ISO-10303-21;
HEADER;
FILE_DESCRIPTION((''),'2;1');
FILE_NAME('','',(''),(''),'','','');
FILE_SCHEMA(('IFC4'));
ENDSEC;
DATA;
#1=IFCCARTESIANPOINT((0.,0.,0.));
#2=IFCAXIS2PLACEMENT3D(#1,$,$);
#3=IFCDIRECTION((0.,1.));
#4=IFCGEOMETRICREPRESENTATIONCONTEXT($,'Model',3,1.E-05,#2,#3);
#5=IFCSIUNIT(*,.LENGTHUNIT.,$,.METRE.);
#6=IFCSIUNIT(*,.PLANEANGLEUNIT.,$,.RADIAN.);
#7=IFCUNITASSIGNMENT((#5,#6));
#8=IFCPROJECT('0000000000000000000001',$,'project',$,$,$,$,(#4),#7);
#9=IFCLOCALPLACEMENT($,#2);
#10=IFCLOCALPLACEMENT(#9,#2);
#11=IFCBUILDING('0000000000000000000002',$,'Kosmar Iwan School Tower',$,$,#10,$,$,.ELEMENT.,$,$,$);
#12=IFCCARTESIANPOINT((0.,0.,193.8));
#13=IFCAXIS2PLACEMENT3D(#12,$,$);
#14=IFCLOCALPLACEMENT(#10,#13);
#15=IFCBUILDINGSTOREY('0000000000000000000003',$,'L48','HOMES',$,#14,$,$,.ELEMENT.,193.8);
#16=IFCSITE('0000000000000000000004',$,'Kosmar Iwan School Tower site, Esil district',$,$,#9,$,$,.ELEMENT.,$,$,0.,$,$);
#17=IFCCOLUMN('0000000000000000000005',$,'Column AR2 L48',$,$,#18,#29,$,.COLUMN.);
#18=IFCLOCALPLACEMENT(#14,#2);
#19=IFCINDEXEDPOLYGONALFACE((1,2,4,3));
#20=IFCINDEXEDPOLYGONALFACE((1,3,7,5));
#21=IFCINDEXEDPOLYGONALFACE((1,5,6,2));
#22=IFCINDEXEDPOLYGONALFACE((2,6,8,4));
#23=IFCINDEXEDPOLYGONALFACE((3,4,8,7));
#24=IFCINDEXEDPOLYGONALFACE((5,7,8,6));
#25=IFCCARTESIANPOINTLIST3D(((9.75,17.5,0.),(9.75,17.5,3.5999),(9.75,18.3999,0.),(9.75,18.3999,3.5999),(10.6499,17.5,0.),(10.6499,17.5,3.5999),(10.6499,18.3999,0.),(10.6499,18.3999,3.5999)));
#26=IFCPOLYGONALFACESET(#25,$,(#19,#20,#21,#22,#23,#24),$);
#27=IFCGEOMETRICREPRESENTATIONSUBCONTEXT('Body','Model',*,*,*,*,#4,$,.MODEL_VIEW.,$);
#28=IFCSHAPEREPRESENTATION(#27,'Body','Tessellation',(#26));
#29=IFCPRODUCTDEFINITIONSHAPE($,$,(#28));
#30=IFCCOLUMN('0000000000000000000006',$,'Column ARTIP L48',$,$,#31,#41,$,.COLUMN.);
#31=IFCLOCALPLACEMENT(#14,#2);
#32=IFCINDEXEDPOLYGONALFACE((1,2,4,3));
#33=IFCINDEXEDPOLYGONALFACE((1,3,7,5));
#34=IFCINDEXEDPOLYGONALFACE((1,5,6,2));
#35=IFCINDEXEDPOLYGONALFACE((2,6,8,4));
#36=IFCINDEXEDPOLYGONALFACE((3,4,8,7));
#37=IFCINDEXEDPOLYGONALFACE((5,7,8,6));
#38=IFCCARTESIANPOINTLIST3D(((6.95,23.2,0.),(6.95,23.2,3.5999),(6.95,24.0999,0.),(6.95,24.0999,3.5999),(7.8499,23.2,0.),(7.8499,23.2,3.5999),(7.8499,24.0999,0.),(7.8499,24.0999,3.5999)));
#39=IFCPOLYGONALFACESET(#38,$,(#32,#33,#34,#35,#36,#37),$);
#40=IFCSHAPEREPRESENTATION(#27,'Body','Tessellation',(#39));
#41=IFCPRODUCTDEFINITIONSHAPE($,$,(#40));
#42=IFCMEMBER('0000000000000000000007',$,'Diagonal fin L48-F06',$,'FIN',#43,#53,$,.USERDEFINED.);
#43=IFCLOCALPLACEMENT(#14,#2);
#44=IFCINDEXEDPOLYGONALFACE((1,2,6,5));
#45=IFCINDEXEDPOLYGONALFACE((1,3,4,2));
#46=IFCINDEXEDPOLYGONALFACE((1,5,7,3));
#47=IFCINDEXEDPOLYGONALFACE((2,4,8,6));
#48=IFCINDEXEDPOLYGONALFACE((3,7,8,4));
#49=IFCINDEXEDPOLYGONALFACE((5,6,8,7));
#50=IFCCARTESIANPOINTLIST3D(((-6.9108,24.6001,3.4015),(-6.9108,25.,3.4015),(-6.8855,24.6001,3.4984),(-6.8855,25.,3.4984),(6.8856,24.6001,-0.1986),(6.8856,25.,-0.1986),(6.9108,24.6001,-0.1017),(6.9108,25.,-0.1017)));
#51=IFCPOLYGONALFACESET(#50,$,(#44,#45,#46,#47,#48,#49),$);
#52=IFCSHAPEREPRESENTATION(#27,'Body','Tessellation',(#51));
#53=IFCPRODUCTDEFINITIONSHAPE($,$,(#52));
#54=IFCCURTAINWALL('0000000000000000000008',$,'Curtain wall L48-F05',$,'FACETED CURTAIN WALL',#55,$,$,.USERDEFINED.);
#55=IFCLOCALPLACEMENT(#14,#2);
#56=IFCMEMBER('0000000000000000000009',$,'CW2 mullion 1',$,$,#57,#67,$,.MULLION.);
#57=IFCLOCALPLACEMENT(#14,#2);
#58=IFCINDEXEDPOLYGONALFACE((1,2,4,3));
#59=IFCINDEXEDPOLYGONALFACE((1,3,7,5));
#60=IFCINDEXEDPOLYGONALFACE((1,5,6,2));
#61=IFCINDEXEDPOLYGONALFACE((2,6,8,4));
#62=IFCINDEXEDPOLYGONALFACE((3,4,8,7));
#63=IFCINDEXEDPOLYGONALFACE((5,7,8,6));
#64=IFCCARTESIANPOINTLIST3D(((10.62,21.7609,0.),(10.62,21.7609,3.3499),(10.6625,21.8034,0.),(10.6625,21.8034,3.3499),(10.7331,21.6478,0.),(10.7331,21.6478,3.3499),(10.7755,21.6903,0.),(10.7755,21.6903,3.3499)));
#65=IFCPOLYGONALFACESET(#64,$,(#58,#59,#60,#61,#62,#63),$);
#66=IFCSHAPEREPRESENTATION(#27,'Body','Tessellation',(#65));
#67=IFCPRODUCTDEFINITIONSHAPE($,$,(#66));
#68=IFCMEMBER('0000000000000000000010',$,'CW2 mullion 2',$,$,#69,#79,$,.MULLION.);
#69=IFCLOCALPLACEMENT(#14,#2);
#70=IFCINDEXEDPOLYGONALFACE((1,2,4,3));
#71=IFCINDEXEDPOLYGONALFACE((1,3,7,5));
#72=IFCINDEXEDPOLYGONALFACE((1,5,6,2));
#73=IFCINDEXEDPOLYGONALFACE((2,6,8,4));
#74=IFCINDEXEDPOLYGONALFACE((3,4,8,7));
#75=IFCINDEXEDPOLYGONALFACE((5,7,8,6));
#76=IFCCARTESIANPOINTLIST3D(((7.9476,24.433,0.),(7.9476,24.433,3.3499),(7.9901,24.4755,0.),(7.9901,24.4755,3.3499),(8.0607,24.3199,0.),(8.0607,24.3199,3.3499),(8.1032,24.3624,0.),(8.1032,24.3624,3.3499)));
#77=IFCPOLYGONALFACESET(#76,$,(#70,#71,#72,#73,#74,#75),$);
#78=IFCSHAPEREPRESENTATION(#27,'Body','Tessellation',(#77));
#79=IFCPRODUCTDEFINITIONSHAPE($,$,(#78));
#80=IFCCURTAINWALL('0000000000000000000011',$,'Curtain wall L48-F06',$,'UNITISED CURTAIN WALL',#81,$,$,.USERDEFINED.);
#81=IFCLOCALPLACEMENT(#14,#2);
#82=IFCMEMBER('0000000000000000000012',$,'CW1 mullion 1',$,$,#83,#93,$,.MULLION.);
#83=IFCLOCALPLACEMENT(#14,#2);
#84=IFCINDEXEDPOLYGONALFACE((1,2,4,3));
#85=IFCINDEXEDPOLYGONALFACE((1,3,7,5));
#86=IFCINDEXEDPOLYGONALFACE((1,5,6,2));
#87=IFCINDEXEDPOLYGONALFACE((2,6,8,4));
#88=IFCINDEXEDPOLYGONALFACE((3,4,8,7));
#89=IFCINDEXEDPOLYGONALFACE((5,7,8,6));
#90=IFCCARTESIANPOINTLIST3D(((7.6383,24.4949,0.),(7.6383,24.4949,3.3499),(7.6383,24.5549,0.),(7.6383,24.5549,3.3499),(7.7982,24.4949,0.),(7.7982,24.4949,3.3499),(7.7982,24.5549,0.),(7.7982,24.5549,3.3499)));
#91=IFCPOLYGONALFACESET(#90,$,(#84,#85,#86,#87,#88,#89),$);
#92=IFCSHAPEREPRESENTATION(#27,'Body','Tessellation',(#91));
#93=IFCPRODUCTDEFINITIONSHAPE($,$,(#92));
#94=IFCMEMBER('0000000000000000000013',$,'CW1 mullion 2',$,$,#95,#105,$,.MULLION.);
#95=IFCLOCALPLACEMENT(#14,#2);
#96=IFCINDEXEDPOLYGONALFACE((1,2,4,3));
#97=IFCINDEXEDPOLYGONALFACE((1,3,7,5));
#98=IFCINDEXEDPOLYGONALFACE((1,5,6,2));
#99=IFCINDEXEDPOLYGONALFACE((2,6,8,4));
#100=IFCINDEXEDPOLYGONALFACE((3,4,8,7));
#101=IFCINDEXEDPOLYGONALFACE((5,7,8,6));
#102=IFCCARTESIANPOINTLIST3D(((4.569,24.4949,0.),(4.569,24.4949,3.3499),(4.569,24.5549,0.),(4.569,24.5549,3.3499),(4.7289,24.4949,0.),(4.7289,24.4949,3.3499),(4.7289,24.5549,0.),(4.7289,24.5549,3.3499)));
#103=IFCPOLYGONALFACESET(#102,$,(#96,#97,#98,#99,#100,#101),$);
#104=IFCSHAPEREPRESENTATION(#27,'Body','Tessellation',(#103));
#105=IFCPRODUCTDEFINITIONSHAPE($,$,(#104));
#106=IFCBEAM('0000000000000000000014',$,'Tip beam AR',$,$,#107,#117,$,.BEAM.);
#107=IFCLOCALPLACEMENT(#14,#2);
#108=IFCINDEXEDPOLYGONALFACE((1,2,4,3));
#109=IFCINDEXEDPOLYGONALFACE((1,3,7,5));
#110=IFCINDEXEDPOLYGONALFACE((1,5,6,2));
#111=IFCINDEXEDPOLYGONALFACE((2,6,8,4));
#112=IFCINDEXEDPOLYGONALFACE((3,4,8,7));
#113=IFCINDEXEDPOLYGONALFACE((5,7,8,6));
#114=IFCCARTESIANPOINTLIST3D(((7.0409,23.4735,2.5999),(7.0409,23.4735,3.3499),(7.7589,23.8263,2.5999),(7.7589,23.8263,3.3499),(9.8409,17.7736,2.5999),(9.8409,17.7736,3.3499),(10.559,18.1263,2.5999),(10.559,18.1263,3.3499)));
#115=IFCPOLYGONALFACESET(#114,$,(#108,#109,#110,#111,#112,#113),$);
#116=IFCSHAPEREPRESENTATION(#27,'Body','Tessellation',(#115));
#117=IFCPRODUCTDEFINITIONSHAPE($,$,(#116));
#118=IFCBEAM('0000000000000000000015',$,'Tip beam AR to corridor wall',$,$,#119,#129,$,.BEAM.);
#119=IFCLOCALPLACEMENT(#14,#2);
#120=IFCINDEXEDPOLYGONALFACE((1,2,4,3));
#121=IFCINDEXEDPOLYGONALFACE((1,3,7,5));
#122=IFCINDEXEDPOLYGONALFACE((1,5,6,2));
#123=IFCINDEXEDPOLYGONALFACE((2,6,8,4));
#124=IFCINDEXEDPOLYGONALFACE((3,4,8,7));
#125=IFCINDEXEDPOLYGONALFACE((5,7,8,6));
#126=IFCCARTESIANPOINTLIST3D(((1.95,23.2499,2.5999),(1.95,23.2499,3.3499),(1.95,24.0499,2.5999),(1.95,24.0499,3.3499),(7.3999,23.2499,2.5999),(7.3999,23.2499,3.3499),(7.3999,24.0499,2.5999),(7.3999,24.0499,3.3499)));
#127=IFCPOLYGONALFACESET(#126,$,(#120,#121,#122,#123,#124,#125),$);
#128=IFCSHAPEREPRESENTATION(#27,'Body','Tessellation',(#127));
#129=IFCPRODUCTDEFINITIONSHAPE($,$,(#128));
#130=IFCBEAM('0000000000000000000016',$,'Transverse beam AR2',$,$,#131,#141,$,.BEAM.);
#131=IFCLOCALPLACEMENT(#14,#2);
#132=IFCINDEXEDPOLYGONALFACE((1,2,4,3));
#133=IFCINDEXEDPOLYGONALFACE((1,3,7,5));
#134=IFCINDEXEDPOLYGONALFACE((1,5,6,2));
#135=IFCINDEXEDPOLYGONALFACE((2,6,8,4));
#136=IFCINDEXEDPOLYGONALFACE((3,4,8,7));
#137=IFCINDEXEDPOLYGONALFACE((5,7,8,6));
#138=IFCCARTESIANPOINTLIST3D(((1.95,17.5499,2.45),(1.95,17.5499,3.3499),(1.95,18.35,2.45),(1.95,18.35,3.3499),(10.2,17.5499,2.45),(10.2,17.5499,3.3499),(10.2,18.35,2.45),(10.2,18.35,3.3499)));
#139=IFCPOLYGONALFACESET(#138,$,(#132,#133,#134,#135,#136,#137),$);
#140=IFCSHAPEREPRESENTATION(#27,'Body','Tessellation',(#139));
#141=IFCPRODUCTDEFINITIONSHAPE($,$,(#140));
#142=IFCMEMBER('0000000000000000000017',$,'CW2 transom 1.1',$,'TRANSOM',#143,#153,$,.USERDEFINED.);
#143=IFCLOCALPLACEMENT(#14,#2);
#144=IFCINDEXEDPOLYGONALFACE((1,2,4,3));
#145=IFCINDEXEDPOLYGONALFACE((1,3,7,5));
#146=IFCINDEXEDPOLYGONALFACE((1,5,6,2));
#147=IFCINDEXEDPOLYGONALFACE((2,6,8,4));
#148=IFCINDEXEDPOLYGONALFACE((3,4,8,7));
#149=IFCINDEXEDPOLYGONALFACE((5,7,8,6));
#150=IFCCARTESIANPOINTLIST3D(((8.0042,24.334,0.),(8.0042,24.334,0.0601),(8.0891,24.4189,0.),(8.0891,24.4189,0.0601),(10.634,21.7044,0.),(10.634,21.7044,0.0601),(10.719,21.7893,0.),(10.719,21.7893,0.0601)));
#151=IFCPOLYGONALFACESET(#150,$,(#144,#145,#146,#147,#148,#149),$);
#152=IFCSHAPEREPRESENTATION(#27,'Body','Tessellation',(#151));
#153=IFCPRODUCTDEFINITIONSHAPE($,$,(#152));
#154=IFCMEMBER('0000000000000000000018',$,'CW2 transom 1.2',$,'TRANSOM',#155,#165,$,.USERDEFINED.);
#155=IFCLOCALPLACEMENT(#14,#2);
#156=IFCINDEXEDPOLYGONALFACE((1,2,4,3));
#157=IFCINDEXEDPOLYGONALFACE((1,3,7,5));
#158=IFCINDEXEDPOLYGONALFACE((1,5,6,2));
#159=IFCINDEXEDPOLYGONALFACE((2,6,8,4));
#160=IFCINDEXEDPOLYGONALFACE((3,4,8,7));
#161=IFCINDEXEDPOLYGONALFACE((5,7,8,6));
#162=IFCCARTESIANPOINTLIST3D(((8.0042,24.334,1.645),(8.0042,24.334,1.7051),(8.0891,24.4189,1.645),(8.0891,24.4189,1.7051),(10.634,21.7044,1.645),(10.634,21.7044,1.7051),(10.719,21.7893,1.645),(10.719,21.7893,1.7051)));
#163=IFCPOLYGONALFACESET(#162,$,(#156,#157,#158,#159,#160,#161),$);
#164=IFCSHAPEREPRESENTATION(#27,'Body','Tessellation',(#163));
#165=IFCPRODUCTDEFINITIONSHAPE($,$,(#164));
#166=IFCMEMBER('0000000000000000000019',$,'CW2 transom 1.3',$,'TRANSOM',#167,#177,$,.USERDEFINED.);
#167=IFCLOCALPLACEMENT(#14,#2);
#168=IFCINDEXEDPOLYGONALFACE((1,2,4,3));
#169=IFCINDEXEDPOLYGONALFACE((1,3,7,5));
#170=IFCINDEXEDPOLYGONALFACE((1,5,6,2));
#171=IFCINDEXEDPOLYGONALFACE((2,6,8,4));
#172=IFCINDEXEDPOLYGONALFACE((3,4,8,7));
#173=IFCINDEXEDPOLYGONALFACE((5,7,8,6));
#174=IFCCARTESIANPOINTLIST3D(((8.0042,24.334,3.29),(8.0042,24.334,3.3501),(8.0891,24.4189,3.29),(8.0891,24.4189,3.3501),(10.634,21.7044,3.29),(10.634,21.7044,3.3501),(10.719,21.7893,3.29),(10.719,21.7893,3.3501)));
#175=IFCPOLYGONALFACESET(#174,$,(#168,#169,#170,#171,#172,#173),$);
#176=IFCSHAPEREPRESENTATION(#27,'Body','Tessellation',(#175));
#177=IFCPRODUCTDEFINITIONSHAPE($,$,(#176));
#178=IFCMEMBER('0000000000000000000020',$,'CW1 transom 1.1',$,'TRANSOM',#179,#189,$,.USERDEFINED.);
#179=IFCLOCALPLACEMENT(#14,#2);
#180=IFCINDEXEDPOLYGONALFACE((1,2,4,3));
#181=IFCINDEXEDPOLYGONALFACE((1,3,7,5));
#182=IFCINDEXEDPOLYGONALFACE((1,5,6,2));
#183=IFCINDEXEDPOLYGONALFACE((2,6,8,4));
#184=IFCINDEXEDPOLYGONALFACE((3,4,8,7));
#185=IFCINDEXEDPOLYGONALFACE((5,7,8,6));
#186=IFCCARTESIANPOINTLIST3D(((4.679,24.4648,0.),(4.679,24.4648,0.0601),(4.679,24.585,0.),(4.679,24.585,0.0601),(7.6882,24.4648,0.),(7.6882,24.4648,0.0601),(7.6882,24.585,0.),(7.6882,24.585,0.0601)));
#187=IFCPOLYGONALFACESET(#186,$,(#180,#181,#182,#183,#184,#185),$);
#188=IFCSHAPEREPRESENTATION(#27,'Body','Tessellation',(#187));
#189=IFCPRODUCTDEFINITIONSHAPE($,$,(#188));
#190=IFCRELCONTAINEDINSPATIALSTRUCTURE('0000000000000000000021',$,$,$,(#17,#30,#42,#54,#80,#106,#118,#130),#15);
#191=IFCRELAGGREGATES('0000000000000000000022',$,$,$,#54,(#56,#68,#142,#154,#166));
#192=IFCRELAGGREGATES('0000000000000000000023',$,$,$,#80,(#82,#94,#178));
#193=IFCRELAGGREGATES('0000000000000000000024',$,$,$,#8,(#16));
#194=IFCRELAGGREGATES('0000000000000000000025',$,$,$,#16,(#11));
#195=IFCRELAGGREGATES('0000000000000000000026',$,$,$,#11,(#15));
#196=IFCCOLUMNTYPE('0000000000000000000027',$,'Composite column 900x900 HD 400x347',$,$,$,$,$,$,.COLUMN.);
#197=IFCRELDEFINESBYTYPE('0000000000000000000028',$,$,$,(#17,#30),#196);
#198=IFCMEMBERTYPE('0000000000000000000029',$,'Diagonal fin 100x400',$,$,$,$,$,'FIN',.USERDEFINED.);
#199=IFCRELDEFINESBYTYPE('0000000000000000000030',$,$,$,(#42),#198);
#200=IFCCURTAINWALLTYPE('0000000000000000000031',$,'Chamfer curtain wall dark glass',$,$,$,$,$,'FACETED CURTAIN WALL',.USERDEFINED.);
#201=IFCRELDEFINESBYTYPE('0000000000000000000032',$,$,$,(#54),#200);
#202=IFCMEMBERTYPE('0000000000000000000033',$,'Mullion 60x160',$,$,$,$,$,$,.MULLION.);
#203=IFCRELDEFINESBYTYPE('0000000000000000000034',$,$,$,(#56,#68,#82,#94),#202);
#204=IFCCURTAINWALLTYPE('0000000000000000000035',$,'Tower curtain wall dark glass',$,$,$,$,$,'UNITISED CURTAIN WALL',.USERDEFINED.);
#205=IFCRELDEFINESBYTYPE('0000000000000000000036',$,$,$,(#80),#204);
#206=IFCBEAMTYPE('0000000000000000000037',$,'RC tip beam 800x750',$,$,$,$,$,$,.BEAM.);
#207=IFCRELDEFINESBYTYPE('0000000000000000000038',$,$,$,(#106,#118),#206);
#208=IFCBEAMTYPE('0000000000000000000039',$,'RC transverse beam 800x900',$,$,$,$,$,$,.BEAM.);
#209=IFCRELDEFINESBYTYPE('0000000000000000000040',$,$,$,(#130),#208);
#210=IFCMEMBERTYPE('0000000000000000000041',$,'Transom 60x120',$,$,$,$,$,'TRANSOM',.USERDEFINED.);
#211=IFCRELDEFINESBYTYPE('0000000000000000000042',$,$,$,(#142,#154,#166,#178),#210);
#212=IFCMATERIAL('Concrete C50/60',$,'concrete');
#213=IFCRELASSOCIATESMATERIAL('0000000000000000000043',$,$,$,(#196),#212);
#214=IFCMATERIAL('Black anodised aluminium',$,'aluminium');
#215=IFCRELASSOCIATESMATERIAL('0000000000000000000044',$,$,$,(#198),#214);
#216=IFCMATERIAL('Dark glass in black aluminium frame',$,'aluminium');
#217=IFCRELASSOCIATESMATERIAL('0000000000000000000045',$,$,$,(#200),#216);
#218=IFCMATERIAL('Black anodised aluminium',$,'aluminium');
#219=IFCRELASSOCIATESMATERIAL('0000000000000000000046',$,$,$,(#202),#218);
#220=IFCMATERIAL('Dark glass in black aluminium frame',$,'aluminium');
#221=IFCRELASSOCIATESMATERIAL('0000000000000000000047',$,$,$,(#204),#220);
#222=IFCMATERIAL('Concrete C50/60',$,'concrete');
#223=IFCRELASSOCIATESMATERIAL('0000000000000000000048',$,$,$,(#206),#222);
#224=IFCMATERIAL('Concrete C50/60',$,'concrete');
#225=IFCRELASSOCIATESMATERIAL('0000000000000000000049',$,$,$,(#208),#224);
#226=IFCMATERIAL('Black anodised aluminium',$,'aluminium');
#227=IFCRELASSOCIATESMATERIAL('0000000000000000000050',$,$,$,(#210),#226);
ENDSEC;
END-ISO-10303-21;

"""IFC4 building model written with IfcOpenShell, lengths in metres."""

from ifc_helpers import new_model, si_unit, direction, frame, origin, origin_2d, place, context, subcontext, project, spatial, rectangle, extrude, material, material_profile, profile_set, type_object, element, aggregate, save


model = new_model("IFC4")

# Units and contexts
model_context = context("Model", 3, precision=1e-05, world=origin(), true_north=direction((0.0, 1.0)))
body_context = subcontext(model_context, "Body", "Model", "MODEL_VIEW")
ifc_project = project(units=[si_unit("LENGTHUNIT", "METRE"), si_unit("PLANEANGLEUNIT", "RADIAN")], contexts=[model_context])

# Site, building, storey
site_placement = place(None, origin())
site = spatial("IfcSite", under=ifc_project, at=site_placement, Name="Kosmar Iwan School Tower site, Esil district", CompositionType="ELEMENT", RefElevation=0.0)
building_placement = place(site_placement, origin())
building = spatial("IfcBuilding", under=site, at=building_placement, Name="Kosmar Iwan School Tower", CompositionType="ELEMENT")
storey_placement = place(building_placement, frame((0.0, 0.0, 193.8)))
storey = spatial("IfcBuildingStorey", under=building, at=storey_placement, Name="L48", Description="HOMES", CompositionType="ELEMENT", Elevation=193.8)

# Columns
ifc_material_1 = material(Name="Concrete C50/60", Category="concrete")
ifc_material_profile_1 = material_profile(ifc_material_1, rectangle(XDim=0.8999, YDim=0.8999, at=origin_2d()), Name="RC 900x900 + HD 400x347")
ifc_profile_set_1 = profile_set([ifc_material_profile_1], Name="Concrete C50/60")
column_type = type_object("IfcColumnType", Name="Composite column 900x900 HD 400x347", PredefinedType="COLUMN", material=ifc_profile_set_1)
for number, where, z_axis, x_axis, name in (
    (1, (10.2, 17.95, 0.0), (0.0, 0.0, 1.0), (0.0, 1.0, 0.0), "Column AR2 L48"),
    (2, (7.3999, 23.6499, 0.0), (0.0, 0.0, 1.0), (0.0, 1.0, 0.0), "Column ARTIP L48"),
):
    element("IfcColumn", number, at=place(storey_placement, frame(where, z_axis=z_axis, x_axis=x_axis)), inside=storey, type_object=column_type, Name=name, PredefinedType="COLUMN", context=body_context, shape_type="SweptSolid", body=[
        extrude(rectangle(XDim=0.8999, YDim=0.8999, at=origin_2d()), origin(), (0.0, 0.0, 1.0), 3.5999),
    ])

# Member
ifc_material_2 = material(Name="Black anodised aluminium", Category="aluminium")
ifc_material_profile_2 = material_profile(ifc_material_2, rectangle(XDim=0.1001, YDim=0.3999, at=origin_2d()), Name="FIN 100x400")
ifc_profile_set_2 = profile_set([ifc_material_profile_2], Name="Black anodised aluminium")
member_type_1 = type_object("IfcMemberType", Name="Diagonal fin 100x400", ElementType="FIN", PredefinedType="USERDEFINED", material=ifc_profile_set_2)
member_1_placement = place(storey_placement, frame((6.8982, 24.8, -0.1501), z_axis=(-0.967599, 0.0, 0.25249), x_axis=(0.25249, 0.0, 0.967599)))
element("IfcMember", 3, at=member_1_placement, inside=storey, type_object=member_type_1, Name="Diagonal fin L48-F06", ObjectType="FIN", PredefinedType="USERDEFINED", context=body_context, shape_type="SweptSolid", body=[
    extrude(rectangle(XDim=0.1001, YDim=0.3999, at=origin_2d()), origin(), (0.0, 0.0, 1.0), 14.2583),
])

# Curtain walls, members
ifc_material_3 = material(Name="Dark glass in black aluminium frame", Category="aluminium")
curtain_wall_type_1 = type_object("IfcCurtainWallType", Name="Chamfer curtain wall dark glass", ElementType="FACETED CURTAIN WALL", PredefinedType="USERDEFINED", material=ifc_material_3)
curtain_wall_1_placement = place(storey_placement, origin())
curtain_wall_1 = element("IfcCurtainWall", 4, at=curtain_wall_1_placement, inside=storey, type_object=curtain_wall_type_1, Name="Curtain wall L48-F05", ObjectType="FACETED CURTAIN WALL", PredefinedType="USERDEFINED")
ifc_material_4 = material(Name="Black anodised aluminium", Category="aluminium")
ifc_material_profile_3 = material_profile(ifc_material_4, rectangle(XDim=0.0601, YDim=0.1599, at=origin_2d()), Name="MULLION 60x160")
ifc_profile_set_3 = profile_set([ifc_material_profile_3], Name="Black anodised aluminium")
member_type_2 = type_object("IfcMemberType", Name="Mullion 60x160", PredefinedType="MULLION", material=ifc_profile_set_3)
member_2_placement = place(storey_placement, frame((10.6978, 21.7256, 0.0), z_axis=(0.0, 0.0, 1.0), x_axis=(-0.707107, -0.707107, 0.0)))
member_2 = element("IfcMember", 5, at=member_2_placement, type_object=member_type_2, Name="CW2 mullion 1", PredefinedType="MULLION", context=body_context, shape_type="SweptSolid", body=[
    extrude(rectangle(XDim=0.0601, YDim=0.1599, at=origin_2d()), origin(), (0.0, 0.0, 1.0), 3.3499),
])
member_3_placement = place(storey_placement, frame((8.0254, 24.3977, 0.0), z_axis=(0.0, 0.0, 1.0), x_axis=(-0.707107, -0.707107, 0.0)))
member_3 = element("IfcMember", 6, at=member_3_placement, type_object=member_type_2, Name="CW2 mullion 2", PredefinedType="MULLION", context=body_context, shape_type="SweptSolid", body=[
    extrude(rectangle(XDim=0.0601, YDim=0.1599, at=origin_2d()), origin(), (0.0, 0.0, 1.0), 3.3499),
])
ifc_material_5 = material(Name="Dark glass in black aluminium frame", Category="aluminium")
curtain_wall_type_2 = type_object("IfcCurtainWallType", Name="Tower curtain wall dark glass", ElementType="UNITISED CURTAIN WALL", PredefinedType="USERDEFINED", material=ifc_material_5)
curtain_wall_2_placement = place(storey_placement, origin())
curtain_wall_2 = element("IfcCurtainWall", 7, at=curtain_wall_2_placement, inside=storey, type_object=curtain_wall_type_2, Name="Curtain wall L48-F06", ObjectType="UNITISED CURTAIN WALL", PredefinedType="USERDEFINED")
member_4_placement = place(storey_placement, frame((7.7183, 24.5249, 0.0), z_axis=(0.0, 0.0, 1.0), x_axis=(0.0, -1.0, 0.0)))
member_4 = element("IfcMember", 8, at=member_4_placement, type_object=member_type_2, Name="CW1 mullion 1", PredefinedType="MULLION", context=body_context, shape_type="SweptSolid", body=[
    extrude(rectangle(XDim=0.0601, YDim=0.1599, at=origin_2d()), origin(), (0.0, 0.0, 1.0), 3.3499),
])
member_5_placement = place(storey_placement, frame((4.6489, 24.5249, 0.0), z_axis=(0.0, 0.0, 1.0), x_axis=(0.0, -1.0, 0.0)))
member_5 = element("IfcMember", 9, at=member_5_placement, type_object=member_type_2, Name="CW1 mullion 2", PredefinedType="MULLION", context=body_context, shape_type="SweptSolid", body=[
    extrude(rectangle(XDim=0.0601, YDim=0.1599, at=origin_2d()), origin(), (0.0, 0.0, 1.0), 3.3499),
])

# Beams
ifc_material_6 = material(Name="Concrete C50/60", Category="concrete")
ifc_material_profile_4 = material_profile(ifc_material_6, rectangle(XDim=0.8, YDim=0.75, at=origin_2d()), Name="RC 800x750")
ifc_profile_set_4 = profile_set([ifc_material_profile_4], Name="Concrete C50/60")
beam_type_1 = type_object("IfcBeamType", Name="RC tip beam 800x750", PredefinedType="BEAM", material=ifc_profile_set_4)
beam_1_placement = place(storey_placement, frame((10.2, 17.95, 2.9749), z_axis=(-0.440913, 0.89755, 0.0), x_axis=(-0.89755, -0.440913, 0.0)))
element("IfcBeam", 10, at=beam_1_placement, inside=storey, type_object=beam_type_1, Name="Tip beam AR", PredefinedType="BEAM", context=body_context, shape_type="SweptSolid", body=[
    extrude(rectangle(XDim=0.8, YDim=0.75, at=origin_2d()), origin(), (0.0, 0.0, 1.0), 6.3506),
])
beam_2_placement = place(storey_placement, frame((7.3999, 23.6499, 2.9749), z_axis=(-1.0, 0.0, 0.0), x_axis=(0.0, -1.0, 0.0)))
element("IfcBeam", 11, at=beam_2_placement, inside=storey, type_object=beam_type_1, Name="Tip beam AR to corridor wall", PredefinedType="BEAM", context=body_context, shape_type="SweptSolid", body=[
    extrude(rectangle(XDim=0.8, YDim=0.75, at=origin_2d()), origin(), (0.0, 0.0, 1.0), 5.45),
])
ifc_material_7 = material(Name="Concrete C50/60", Category="concrete")
ifc_material_profile_5 = material_profile(ifc_material_7, rectangle(XDim=0.8, YDim=0.8999, at=origin_2d()), Name="RC 800x900")
ifc_profile_set_5 = profile_set([ifc_material_profile_5], Name="Concrete C50/60")
beam_type_2 = type_object("IfcBeamType", Name="RC transverse beam 800x900", PredefinedType="BEAM", material=ifc_profile_set_5)
beam_3_placement = place(storey_placement, frame((10.2, 17.95, 2.8999), z_axis=(-1.0, 0.0, 0.0), x_axis=(0.0, -1.0, 0.0)))
element("IfcBeam", 12, at=beam_3_placement, inside=storey, type_object=beam_type_2, Name="Transverse beam AR2", PredefinedType="BEAM", context=body_context, shape_type="SweptSolid", body=[
    extrude(rectangle(XDim=0.8, YDim=0.8999, at=origin_2d()), origin(), (0.0, 0.0, 1.0), 8.25),
])

# Members
ifc_material_8 = material(Name="Black anodised aluminium", Category="aluminium")
ifc_material_profile_6 = material_profile(ifc_material_8, rectangle(XDim=0.1201, YDim=0.0601, at=origin_2d()), Name="TRANSOM 60x120")
ifc_profile_set_6 = profile_set([ifc_material_profile_6], Name="Black anodised aluminium")
member_type_3 = type_object("IfcMemberType", Name="Transom 60x120", ElementType="TRANSOM", PredefinedType="USERDEFINED", material=ifc_profile_set_6)
member_6_placement = place(storey_placement, frame((10.6765, 21.7468, 0.03), z_axis=(-0.70714, 0.707074, 0.0), x_axis=(-0.707074, -0.70714, 0.0)))
member_6 = element("IfcMember", 13, at=member_6_placement, type_object=member_type_3, Name="CW2 transom 1.1", ObjectType="TRANSOM", PredefinedType="USERDEFINED", context=body_context, shape_type="SweptSolid", body=[
    extrude(rectangle(XDim=0.1201, YDim=0.0601, at=origin_2d()), origin(), (0.0, 0.0, 1.0), 3.719),
])
member_7_placement = place(storey_placement, frame((10.6765, 21.7468, 1.675), z_axis=(-0.70714, 0.707074, 0.0), x_axis=(-0.707074, -0.70714, 0.0)))
member_7 = element("IfcMember", 14, at=member_7_placement, type_object=member_type_3, Name="CW2 transom 1.2", ObjectType="TRANSOM", PredefinedType="USERDEFINED", context=body_context, shape_type="SweptSolid", body=[
    extrude(rectangle(XDim=0.1201, YDim=0.0601, at=origin_2d()), origin(), (0.0, 0.0, 1.0), 3.719),
])
member_8_placement = place(storey_placement, frame((10.6765, 21.7468, 3.3201), z_axis=(-0.70714, 0.707074, 0.0), x_axis=(-0.707074, -0.70714, 0.0)))
member_8 = element("IfcMember", 15, at=member_8_placement, type_object=member_type_3, Name="CW2 transom 1.3", ObjectType="TRANSOM", PredefinedType="USERDEFINED", context=body_context, shape_type="SweptSolid", body=[
    extrude(rectangle(XDim=0.1201, YDim=0.0601, at=origin_2d()), origin(), (0.0, 0.0, 1.0), 3.719),
])
member_9_placement = place(storey_placement, frame((7.6882, 24.5249, 0.03), z_axis=(-1.0, 0.0, 0.0), x_axis=(0.0, -1.0, 0.0)))
member_9 = element("IfcMember", 16, at=member_9_placement, type_object=member_type_3, Name="CW1 transom 1.1", ObjectType="TRANSOM", PredefinedType="USERDEFINED", context=body_context, shape_type="SweptSolid", body=[
    extrude(rectangle(XDim=0.1201, YDim=0.0601, at=origin_2d()), origin(), (0.0, 0.0, 1.0), 3.0093),
])

aggregate(curtain_wall_1, [member_2, member_3, member_6, member_7, member_8])
aggregate(curtain_wall_2, [member_4, member_5, member_9])

save(model, "model.ifc")
